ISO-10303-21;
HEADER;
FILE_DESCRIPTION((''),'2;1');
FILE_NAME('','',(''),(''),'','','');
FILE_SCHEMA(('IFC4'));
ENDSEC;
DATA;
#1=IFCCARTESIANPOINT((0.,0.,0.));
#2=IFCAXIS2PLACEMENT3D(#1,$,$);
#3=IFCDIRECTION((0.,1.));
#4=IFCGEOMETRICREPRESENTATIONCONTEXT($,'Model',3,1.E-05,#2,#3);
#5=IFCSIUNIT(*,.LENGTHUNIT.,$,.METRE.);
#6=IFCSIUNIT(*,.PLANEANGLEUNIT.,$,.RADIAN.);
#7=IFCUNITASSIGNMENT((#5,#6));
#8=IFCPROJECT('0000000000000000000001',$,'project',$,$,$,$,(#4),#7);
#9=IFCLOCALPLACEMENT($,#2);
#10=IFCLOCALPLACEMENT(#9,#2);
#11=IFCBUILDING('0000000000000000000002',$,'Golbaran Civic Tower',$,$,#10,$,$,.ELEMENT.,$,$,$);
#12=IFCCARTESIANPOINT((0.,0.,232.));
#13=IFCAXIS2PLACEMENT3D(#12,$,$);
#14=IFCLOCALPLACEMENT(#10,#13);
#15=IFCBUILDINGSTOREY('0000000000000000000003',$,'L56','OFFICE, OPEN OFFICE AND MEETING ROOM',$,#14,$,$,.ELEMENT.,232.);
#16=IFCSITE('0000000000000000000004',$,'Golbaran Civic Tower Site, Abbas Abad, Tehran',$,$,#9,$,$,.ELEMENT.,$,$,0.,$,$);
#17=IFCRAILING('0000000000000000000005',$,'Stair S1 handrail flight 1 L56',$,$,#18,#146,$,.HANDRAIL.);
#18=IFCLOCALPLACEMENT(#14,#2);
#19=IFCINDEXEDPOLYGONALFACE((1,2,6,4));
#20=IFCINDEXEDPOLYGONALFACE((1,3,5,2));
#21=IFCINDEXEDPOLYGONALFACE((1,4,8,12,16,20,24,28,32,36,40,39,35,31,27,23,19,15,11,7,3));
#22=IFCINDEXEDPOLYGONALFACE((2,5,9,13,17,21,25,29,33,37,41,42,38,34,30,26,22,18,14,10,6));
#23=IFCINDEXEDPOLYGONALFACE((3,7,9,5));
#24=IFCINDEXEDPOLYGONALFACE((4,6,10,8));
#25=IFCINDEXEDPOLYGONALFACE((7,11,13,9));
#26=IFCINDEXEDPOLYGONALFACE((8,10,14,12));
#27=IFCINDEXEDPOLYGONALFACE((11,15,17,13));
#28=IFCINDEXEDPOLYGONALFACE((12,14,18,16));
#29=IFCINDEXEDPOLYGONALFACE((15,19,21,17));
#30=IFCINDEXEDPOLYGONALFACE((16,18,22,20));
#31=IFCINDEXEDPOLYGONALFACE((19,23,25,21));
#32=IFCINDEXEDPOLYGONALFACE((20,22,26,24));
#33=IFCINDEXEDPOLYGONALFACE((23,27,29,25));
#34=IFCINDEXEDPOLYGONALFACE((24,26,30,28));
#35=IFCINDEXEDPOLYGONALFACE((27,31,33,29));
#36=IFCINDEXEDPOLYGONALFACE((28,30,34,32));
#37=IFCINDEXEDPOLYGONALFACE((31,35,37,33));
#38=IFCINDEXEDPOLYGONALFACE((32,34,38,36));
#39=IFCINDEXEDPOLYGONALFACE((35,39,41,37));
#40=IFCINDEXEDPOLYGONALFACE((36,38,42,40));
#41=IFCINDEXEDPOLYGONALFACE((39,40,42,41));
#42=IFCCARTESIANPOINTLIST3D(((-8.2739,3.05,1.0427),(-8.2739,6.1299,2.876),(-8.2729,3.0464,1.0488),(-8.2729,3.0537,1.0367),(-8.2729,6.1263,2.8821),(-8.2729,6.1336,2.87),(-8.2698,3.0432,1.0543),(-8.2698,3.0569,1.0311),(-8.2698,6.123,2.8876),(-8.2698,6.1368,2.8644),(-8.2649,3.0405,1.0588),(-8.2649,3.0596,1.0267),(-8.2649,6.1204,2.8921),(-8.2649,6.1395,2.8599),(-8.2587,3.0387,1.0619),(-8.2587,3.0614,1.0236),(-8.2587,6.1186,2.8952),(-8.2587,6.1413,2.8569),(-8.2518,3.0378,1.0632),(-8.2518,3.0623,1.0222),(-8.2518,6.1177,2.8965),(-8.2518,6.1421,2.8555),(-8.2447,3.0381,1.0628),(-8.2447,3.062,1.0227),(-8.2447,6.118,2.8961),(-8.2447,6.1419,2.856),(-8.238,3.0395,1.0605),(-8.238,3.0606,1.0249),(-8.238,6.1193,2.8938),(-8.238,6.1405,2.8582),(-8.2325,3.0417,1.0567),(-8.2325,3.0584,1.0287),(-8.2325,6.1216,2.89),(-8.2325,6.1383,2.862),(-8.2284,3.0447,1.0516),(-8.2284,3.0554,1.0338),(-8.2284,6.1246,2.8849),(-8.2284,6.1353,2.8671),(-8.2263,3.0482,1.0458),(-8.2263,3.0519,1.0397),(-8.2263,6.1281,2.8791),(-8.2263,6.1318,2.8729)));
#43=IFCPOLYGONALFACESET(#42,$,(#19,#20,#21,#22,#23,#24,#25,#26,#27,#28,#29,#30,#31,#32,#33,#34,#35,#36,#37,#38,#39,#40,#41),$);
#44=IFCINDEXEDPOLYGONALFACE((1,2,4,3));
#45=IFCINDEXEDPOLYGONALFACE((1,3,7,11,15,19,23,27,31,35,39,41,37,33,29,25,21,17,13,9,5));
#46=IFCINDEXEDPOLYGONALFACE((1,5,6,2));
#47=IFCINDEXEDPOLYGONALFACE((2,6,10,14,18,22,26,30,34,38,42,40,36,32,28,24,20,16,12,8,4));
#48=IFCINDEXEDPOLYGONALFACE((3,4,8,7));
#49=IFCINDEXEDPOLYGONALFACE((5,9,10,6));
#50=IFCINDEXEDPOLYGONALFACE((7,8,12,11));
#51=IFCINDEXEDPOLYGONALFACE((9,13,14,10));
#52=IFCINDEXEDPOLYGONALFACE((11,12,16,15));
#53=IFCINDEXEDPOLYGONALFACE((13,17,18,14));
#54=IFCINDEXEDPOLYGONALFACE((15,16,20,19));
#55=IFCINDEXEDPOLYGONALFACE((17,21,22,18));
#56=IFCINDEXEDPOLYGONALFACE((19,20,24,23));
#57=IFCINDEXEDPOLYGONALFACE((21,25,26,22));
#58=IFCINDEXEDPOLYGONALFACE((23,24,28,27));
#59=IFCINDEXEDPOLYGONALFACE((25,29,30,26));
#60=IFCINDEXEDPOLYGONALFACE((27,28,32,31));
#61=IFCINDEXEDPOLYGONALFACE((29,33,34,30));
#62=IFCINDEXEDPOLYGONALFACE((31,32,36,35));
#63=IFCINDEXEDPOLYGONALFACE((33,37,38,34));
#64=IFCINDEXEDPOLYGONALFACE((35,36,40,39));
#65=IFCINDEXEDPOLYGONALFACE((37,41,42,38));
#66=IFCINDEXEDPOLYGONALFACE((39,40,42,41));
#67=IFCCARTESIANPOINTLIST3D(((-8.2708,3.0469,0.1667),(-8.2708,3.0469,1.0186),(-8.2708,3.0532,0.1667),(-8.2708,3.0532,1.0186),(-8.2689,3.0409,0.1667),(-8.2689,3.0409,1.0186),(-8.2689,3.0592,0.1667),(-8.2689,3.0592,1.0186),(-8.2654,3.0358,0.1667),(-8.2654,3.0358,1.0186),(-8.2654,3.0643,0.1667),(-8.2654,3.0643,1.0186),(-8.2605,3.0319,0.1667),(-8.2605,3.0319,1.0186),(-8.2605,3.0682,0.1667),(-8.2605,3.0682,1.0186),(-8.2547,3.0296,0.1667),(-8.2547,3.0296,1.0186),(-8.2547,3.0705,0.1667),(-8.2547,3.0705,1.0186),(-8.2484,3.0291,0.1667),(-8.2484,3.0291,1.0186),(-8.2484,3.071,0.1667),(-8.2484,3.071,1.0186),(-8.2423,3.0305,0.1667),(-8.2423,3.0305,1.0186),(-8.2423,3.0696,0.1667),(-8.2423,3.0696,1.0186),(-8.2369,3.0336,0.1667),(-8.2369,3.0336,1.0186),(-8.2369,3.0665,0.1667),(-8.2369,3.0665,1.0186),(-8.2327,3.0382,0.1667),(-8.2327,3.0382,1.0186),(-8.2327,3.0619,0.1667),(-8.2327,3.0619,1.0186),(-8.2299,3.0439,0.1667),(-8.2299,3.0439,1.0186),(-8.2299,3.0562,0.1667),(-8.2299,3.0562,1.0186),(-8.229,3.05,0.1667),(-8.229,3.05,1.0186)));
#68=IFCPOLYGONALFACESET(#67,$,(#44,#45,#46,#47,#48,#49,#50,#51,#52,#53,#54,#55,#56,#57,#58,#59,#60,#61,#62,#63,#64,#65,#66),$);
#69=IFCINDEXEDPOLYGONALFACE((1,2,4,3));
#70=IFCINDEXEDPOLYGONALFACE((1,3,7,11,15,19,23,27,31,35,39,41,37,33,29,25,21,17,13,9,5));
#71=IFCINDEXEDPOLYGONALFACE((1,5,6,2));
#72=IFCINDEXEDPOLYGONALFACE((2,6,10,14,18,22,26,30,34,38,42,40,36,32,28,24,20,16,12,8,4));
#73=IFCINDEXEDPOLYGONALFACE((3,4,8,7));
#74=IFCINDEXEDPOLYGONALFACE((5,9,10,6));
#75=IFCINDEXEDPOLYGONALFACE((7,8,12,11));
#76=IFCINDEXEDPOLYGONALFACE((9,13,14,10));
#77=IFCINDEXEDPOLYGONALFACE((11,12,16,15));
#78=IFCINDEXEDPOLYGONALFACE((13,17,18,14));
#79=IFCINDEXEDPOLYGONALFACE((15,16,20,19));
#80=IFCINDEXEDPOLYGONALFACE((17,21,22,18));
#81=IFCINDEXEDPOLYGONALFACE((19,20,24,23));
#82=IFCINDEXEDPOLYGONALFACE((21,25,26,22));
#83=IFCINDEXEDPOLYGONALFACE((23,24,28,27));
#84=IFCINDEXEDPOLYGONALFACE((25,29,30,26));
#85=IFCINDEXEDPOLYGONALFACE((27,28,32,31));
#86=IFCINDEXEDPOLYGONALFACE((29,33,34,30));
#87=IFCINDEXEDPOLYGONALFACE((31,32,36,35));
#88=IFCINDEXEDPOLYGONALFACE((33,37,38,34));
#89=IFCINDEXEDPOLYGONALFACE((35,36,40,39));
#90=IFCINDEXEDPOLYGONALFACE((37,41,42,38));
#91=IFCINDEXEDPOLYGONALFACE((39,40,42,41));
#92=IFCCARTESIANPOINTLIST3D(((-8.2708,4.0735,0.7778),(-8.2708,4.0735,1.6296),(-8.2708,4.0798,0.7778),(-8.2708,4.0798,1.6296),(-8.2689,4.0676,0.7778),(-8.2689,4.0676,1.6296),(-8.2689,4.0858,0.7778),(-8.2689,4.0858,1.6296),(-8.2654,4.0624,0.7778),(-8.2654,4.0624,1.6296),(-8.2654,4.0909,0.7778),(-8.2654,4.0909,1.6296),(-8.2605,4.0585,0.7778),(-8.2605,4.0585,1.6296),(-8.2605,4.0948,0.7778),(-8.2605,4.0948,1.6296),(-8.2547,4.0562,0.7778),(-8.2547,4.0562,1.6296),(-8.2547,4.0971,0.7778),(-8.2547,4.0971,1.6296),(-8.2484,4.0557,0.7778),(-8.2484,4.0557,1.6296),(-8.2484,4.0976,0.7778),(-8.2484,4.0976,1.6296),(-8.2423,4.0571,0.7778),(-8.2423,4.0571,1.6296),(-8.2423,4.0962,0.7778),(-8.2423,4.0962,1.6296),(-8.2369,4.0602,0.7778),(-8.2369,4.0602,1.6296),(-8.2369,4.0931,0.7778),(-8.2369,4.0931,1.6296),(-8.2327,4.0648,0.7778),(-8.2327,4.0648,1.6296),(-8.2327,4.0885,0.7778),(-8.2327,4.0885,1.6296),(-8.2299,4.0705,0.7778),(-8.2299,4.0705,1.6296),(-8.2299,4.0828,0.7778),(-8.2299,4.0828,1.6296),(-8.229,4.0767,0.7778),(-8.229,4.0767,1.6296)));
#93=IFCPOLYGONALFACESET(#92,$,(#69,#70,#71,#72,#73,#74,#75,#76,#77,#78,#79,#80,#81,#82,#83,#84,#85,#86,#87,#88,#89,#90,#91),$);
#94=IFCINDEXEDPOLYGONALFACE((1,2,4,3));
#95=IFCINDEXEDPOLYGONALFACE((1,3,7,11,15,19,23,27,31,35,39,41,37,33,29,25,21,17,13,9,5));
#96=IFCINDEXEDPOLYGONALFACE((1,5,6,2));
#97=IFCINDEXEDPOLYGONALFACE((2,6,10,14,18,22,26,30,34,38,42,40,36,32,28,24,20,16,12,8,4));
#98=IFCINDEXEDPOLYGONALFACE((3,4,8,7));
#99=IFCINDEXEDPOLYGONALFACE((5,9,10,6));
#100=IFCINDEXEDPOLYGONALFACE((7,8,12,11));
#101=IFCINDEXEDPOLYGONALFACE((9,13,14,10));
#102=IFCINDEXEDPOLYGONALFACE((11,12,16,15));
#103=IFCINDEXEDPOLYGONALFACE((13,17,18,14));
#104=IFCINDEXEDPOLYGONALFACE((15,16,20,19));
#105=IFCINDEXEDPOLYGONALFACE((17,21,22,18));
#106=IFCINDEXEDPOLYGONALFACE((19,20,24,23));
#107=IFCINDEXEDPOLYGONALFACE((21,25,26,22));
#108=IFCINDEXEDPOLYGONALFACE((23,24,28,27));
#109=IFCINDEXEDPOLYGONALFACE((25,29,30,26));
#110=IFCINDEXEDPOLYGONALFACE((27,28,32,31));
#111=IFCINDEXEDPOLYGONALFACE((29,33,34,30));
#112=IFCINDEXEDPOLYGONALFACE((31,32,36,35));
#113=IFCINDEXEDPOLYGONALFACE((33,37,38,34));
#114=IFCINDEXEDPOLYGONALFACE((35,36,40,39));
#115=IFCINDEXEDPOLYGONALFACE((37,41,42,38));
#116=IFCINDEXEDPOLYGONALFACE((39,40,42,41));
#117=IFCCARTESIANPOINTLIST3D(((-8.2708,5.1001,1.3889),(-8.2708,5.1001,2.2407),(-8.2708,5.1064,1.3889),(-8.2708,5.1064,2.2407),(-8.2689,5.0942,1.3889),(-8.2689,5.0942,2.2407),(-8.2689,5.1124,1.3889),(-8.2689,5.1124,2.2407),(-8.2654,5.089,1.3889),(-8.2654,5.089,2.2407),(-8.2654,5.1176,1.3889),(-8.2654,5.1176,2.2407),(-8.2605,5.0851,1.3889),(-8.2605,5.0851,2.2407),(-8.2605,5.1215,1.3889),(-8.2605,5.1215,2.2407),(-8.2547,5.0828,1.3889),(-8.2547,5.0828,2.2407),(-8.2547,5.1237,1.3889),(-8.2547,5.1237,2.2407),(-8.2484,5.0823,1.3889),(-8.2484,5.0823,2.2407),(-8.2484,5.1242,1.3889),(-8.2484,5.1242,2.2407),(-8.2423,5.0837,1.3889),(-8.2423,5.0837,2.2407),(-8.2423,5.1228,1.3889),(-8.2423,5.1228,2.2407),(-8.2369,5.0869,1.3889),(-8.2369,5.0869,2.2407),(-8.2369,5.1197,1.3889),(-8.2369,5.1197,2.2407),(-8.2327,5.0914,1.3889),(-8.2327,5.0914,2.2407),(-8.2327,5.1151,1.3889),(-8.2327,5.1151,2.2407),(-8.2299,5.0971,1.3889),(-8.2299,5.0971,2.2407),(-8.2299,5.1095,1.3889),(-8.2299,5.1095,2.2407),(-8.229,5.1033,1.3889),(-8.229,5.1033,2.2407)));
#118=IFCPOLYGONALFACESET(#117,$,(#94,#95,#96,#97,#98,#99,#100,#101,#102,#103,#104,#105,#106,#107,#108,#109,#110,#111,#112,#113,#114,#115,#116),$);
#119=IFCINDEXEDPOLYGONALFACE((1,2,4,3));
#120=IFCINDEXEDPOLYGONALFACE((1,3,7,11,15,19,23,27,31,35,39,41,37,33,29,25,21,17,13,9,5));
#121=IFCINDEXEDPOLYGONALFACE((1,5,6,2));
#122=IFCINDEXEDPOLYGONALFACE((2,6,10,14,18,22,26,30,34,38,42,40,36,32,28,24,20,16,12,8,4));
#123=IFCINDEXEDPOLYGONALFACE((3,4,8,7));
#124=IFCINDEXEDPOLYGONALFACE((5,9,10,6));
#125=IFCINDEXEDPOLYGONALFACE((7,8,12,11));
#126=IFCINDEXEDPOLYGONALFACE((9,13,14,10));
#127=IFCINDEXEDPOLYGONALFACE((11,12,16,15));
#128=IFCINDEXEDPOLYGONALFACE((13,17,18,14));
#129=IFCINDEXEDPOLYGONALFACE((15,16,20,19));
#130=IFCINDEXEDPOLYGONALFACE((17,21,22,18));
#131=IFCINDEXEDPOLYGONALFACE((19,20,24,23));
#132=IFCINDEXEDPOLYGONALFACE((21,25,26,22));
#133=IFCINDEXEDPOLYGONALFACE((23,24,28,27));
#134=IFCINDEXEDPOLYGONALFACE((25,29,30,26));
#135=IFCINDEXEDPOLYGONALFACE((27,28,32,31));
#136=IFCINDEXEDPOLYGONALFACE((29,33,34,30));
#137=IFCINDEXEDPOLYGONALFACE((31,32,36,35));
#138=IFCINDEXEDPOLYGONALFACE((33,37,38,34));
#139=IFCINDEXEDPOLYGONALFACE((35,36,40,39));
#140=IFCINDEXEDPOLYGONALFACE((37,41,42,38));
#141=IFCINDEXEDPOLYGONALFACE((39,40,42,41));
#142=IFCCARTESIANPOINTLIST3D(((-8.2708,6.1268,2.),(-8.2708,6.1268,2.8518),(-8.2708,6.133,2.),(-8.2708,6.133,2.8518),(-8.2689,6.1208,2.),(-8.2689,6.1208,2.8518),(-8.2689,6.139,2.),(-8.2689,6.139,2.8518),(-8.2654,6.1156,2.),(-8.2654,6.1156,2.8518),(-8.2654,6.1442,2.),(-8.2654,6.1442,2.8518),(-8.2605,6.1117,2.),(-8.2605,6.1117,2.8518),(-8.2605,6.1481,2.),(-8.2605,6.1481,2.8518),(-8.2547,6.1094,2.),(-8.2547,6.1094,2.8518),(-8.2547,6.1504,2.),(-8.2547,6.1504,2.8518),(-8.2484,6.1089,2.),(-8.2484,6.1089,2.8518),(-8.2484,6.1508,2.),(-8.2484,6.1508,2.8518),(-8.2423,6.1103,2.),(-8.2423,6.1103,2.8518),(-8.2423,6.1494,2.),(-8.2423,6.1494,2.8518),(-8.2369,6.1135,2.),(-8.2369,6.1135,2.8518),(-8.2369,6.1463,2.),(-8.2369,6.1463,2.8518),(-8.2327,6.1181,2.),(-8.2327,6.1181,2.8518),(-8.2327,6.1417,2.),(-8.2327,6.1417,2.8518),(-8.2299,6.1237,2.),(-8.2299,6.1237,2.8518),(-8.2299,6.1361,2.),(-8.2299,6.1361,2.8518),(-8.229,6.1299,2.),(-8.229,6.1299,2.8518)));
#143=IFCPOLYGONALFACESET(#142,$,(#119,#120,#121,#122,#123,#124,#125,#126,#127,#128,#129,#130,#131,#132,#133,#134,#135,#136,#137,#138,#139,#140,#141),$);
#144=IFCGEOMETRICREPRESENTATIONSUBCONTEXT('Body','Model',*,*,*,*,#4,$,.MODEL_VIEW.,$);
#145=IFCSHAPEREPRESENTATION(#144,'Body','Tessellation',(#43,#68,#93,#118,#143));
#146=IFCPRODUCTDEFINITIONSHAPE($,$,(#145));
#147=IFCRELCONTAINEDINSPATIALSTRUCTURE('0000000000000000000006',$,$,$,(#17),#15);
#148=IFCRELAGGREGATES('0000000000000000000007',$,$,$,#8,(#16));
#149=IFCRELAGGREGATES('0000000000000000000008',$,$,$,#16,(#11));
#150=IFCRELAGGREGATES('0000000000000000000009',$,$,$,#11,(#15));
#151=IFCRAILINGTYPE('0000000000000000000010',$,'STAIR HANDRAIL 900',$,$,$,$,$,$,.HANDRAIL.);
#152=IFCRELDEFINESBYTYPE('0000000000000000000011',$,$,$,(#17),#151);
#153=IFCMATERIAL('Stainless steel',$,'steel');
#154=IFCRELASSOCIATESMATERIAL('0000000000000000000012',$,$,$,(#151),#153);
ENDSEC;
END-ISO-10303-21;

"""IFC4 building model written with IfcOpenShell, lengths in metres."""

from ifc_helpers import new_model, si_unit, direction, frame, origin, origin_2d, place, context, subcontext, project, spatial, circle, extrude, material, type_object, element, save


model = new_model("IFC4")

# Units and contexts
model_context = context("Model", 3, precision=1e-05, world=origin(), true_north=direction((0.0, 1.0)))
body_context = subcontext(model_context, "Body", "Model", "MODEL_VIEW")
ifc_project = project(units=[si_unit("LENGTHUNIT", "METRE"), si_unit("PLANEANGLEUNIT", "RADIAN")], contexts=[model_context])

# Site, building, storey
site_placement = place(None, origin())
site = spatial("IfcSite", under=ifc_project, at=site_placement, Name="Golbaran Civic Tower Site, Abbas Abad, Tehran", CompositionType="ELEMENT", RefElevation=0.0)
building_placement = place(site_placement, origin())
building = spatial("IfcBuilding", under=site, at=building_placement, Name="Golbaran Civic Tower", CompositionType="ELEMENT")
storey_placement = place(building_placement, frame((0.0, 0.0, 232.0)))
storey = spatial("IfcBuildingStorey", under=building, at=storey_placement, Name="L56", Description="OFFICE, OPEN OFFICE AND MEETING ROOM", CompositionType="ELEMENT", Elevation=232.0)

# Shared definitions
ifc_material_1 = material(Name="Stainless steel", Category="steel")

# Railing
railing_type = type_object("IfcRailingType", Name="STAIR HANDRAIL 900", PredefinedType="HANDRAIL", material=ifc_material_1)
railing_1_placement = place(storey_placement, frame((-8.25, 3.05, 0.1667)))
element("IfcRailing", 1, at=railing_1_placement, inside=storey, type_object=railing_type, Name="Stair S1 handrail flight 1 L56", PredefinedType="HANDRAIL", context=body_context, shape_type="SweptSolid", body=[
    extrude(circle(Radius=0.0239, at=origin_2d()), frame((0.0, 0.0, 0.876), z_axis=(0.0, 0.859291, 0.511487), x_axis=(-1.0, 0.0, 0.0)), (0.0, 0.0, 1.0), 3.5842),
    extrude(circle(Radius=0.021, at=origin_2d()), origin(), (0.0, 0.0, 1.0), 0.8518),
    extrude(circle(Radius=0.021, at=origin_2d()), frame((0.0, 1.0266, 0.6111)), (0.0, 0.0, 1.0), 0.8518),
    extrude(circle(Radius=0.021, at=origin_2d()), frame((0.0, 2.0532, 1.2222)), (0.0, 0.0, 1.0), 0.8518),
    extrude(circle(Radius=0.021, at=origin_2d()), frame((0.0, 3.0798, 1.8333)), (0.0, 0.0, 1.0), 0.8518),
])

save(model, "model.ifc")
